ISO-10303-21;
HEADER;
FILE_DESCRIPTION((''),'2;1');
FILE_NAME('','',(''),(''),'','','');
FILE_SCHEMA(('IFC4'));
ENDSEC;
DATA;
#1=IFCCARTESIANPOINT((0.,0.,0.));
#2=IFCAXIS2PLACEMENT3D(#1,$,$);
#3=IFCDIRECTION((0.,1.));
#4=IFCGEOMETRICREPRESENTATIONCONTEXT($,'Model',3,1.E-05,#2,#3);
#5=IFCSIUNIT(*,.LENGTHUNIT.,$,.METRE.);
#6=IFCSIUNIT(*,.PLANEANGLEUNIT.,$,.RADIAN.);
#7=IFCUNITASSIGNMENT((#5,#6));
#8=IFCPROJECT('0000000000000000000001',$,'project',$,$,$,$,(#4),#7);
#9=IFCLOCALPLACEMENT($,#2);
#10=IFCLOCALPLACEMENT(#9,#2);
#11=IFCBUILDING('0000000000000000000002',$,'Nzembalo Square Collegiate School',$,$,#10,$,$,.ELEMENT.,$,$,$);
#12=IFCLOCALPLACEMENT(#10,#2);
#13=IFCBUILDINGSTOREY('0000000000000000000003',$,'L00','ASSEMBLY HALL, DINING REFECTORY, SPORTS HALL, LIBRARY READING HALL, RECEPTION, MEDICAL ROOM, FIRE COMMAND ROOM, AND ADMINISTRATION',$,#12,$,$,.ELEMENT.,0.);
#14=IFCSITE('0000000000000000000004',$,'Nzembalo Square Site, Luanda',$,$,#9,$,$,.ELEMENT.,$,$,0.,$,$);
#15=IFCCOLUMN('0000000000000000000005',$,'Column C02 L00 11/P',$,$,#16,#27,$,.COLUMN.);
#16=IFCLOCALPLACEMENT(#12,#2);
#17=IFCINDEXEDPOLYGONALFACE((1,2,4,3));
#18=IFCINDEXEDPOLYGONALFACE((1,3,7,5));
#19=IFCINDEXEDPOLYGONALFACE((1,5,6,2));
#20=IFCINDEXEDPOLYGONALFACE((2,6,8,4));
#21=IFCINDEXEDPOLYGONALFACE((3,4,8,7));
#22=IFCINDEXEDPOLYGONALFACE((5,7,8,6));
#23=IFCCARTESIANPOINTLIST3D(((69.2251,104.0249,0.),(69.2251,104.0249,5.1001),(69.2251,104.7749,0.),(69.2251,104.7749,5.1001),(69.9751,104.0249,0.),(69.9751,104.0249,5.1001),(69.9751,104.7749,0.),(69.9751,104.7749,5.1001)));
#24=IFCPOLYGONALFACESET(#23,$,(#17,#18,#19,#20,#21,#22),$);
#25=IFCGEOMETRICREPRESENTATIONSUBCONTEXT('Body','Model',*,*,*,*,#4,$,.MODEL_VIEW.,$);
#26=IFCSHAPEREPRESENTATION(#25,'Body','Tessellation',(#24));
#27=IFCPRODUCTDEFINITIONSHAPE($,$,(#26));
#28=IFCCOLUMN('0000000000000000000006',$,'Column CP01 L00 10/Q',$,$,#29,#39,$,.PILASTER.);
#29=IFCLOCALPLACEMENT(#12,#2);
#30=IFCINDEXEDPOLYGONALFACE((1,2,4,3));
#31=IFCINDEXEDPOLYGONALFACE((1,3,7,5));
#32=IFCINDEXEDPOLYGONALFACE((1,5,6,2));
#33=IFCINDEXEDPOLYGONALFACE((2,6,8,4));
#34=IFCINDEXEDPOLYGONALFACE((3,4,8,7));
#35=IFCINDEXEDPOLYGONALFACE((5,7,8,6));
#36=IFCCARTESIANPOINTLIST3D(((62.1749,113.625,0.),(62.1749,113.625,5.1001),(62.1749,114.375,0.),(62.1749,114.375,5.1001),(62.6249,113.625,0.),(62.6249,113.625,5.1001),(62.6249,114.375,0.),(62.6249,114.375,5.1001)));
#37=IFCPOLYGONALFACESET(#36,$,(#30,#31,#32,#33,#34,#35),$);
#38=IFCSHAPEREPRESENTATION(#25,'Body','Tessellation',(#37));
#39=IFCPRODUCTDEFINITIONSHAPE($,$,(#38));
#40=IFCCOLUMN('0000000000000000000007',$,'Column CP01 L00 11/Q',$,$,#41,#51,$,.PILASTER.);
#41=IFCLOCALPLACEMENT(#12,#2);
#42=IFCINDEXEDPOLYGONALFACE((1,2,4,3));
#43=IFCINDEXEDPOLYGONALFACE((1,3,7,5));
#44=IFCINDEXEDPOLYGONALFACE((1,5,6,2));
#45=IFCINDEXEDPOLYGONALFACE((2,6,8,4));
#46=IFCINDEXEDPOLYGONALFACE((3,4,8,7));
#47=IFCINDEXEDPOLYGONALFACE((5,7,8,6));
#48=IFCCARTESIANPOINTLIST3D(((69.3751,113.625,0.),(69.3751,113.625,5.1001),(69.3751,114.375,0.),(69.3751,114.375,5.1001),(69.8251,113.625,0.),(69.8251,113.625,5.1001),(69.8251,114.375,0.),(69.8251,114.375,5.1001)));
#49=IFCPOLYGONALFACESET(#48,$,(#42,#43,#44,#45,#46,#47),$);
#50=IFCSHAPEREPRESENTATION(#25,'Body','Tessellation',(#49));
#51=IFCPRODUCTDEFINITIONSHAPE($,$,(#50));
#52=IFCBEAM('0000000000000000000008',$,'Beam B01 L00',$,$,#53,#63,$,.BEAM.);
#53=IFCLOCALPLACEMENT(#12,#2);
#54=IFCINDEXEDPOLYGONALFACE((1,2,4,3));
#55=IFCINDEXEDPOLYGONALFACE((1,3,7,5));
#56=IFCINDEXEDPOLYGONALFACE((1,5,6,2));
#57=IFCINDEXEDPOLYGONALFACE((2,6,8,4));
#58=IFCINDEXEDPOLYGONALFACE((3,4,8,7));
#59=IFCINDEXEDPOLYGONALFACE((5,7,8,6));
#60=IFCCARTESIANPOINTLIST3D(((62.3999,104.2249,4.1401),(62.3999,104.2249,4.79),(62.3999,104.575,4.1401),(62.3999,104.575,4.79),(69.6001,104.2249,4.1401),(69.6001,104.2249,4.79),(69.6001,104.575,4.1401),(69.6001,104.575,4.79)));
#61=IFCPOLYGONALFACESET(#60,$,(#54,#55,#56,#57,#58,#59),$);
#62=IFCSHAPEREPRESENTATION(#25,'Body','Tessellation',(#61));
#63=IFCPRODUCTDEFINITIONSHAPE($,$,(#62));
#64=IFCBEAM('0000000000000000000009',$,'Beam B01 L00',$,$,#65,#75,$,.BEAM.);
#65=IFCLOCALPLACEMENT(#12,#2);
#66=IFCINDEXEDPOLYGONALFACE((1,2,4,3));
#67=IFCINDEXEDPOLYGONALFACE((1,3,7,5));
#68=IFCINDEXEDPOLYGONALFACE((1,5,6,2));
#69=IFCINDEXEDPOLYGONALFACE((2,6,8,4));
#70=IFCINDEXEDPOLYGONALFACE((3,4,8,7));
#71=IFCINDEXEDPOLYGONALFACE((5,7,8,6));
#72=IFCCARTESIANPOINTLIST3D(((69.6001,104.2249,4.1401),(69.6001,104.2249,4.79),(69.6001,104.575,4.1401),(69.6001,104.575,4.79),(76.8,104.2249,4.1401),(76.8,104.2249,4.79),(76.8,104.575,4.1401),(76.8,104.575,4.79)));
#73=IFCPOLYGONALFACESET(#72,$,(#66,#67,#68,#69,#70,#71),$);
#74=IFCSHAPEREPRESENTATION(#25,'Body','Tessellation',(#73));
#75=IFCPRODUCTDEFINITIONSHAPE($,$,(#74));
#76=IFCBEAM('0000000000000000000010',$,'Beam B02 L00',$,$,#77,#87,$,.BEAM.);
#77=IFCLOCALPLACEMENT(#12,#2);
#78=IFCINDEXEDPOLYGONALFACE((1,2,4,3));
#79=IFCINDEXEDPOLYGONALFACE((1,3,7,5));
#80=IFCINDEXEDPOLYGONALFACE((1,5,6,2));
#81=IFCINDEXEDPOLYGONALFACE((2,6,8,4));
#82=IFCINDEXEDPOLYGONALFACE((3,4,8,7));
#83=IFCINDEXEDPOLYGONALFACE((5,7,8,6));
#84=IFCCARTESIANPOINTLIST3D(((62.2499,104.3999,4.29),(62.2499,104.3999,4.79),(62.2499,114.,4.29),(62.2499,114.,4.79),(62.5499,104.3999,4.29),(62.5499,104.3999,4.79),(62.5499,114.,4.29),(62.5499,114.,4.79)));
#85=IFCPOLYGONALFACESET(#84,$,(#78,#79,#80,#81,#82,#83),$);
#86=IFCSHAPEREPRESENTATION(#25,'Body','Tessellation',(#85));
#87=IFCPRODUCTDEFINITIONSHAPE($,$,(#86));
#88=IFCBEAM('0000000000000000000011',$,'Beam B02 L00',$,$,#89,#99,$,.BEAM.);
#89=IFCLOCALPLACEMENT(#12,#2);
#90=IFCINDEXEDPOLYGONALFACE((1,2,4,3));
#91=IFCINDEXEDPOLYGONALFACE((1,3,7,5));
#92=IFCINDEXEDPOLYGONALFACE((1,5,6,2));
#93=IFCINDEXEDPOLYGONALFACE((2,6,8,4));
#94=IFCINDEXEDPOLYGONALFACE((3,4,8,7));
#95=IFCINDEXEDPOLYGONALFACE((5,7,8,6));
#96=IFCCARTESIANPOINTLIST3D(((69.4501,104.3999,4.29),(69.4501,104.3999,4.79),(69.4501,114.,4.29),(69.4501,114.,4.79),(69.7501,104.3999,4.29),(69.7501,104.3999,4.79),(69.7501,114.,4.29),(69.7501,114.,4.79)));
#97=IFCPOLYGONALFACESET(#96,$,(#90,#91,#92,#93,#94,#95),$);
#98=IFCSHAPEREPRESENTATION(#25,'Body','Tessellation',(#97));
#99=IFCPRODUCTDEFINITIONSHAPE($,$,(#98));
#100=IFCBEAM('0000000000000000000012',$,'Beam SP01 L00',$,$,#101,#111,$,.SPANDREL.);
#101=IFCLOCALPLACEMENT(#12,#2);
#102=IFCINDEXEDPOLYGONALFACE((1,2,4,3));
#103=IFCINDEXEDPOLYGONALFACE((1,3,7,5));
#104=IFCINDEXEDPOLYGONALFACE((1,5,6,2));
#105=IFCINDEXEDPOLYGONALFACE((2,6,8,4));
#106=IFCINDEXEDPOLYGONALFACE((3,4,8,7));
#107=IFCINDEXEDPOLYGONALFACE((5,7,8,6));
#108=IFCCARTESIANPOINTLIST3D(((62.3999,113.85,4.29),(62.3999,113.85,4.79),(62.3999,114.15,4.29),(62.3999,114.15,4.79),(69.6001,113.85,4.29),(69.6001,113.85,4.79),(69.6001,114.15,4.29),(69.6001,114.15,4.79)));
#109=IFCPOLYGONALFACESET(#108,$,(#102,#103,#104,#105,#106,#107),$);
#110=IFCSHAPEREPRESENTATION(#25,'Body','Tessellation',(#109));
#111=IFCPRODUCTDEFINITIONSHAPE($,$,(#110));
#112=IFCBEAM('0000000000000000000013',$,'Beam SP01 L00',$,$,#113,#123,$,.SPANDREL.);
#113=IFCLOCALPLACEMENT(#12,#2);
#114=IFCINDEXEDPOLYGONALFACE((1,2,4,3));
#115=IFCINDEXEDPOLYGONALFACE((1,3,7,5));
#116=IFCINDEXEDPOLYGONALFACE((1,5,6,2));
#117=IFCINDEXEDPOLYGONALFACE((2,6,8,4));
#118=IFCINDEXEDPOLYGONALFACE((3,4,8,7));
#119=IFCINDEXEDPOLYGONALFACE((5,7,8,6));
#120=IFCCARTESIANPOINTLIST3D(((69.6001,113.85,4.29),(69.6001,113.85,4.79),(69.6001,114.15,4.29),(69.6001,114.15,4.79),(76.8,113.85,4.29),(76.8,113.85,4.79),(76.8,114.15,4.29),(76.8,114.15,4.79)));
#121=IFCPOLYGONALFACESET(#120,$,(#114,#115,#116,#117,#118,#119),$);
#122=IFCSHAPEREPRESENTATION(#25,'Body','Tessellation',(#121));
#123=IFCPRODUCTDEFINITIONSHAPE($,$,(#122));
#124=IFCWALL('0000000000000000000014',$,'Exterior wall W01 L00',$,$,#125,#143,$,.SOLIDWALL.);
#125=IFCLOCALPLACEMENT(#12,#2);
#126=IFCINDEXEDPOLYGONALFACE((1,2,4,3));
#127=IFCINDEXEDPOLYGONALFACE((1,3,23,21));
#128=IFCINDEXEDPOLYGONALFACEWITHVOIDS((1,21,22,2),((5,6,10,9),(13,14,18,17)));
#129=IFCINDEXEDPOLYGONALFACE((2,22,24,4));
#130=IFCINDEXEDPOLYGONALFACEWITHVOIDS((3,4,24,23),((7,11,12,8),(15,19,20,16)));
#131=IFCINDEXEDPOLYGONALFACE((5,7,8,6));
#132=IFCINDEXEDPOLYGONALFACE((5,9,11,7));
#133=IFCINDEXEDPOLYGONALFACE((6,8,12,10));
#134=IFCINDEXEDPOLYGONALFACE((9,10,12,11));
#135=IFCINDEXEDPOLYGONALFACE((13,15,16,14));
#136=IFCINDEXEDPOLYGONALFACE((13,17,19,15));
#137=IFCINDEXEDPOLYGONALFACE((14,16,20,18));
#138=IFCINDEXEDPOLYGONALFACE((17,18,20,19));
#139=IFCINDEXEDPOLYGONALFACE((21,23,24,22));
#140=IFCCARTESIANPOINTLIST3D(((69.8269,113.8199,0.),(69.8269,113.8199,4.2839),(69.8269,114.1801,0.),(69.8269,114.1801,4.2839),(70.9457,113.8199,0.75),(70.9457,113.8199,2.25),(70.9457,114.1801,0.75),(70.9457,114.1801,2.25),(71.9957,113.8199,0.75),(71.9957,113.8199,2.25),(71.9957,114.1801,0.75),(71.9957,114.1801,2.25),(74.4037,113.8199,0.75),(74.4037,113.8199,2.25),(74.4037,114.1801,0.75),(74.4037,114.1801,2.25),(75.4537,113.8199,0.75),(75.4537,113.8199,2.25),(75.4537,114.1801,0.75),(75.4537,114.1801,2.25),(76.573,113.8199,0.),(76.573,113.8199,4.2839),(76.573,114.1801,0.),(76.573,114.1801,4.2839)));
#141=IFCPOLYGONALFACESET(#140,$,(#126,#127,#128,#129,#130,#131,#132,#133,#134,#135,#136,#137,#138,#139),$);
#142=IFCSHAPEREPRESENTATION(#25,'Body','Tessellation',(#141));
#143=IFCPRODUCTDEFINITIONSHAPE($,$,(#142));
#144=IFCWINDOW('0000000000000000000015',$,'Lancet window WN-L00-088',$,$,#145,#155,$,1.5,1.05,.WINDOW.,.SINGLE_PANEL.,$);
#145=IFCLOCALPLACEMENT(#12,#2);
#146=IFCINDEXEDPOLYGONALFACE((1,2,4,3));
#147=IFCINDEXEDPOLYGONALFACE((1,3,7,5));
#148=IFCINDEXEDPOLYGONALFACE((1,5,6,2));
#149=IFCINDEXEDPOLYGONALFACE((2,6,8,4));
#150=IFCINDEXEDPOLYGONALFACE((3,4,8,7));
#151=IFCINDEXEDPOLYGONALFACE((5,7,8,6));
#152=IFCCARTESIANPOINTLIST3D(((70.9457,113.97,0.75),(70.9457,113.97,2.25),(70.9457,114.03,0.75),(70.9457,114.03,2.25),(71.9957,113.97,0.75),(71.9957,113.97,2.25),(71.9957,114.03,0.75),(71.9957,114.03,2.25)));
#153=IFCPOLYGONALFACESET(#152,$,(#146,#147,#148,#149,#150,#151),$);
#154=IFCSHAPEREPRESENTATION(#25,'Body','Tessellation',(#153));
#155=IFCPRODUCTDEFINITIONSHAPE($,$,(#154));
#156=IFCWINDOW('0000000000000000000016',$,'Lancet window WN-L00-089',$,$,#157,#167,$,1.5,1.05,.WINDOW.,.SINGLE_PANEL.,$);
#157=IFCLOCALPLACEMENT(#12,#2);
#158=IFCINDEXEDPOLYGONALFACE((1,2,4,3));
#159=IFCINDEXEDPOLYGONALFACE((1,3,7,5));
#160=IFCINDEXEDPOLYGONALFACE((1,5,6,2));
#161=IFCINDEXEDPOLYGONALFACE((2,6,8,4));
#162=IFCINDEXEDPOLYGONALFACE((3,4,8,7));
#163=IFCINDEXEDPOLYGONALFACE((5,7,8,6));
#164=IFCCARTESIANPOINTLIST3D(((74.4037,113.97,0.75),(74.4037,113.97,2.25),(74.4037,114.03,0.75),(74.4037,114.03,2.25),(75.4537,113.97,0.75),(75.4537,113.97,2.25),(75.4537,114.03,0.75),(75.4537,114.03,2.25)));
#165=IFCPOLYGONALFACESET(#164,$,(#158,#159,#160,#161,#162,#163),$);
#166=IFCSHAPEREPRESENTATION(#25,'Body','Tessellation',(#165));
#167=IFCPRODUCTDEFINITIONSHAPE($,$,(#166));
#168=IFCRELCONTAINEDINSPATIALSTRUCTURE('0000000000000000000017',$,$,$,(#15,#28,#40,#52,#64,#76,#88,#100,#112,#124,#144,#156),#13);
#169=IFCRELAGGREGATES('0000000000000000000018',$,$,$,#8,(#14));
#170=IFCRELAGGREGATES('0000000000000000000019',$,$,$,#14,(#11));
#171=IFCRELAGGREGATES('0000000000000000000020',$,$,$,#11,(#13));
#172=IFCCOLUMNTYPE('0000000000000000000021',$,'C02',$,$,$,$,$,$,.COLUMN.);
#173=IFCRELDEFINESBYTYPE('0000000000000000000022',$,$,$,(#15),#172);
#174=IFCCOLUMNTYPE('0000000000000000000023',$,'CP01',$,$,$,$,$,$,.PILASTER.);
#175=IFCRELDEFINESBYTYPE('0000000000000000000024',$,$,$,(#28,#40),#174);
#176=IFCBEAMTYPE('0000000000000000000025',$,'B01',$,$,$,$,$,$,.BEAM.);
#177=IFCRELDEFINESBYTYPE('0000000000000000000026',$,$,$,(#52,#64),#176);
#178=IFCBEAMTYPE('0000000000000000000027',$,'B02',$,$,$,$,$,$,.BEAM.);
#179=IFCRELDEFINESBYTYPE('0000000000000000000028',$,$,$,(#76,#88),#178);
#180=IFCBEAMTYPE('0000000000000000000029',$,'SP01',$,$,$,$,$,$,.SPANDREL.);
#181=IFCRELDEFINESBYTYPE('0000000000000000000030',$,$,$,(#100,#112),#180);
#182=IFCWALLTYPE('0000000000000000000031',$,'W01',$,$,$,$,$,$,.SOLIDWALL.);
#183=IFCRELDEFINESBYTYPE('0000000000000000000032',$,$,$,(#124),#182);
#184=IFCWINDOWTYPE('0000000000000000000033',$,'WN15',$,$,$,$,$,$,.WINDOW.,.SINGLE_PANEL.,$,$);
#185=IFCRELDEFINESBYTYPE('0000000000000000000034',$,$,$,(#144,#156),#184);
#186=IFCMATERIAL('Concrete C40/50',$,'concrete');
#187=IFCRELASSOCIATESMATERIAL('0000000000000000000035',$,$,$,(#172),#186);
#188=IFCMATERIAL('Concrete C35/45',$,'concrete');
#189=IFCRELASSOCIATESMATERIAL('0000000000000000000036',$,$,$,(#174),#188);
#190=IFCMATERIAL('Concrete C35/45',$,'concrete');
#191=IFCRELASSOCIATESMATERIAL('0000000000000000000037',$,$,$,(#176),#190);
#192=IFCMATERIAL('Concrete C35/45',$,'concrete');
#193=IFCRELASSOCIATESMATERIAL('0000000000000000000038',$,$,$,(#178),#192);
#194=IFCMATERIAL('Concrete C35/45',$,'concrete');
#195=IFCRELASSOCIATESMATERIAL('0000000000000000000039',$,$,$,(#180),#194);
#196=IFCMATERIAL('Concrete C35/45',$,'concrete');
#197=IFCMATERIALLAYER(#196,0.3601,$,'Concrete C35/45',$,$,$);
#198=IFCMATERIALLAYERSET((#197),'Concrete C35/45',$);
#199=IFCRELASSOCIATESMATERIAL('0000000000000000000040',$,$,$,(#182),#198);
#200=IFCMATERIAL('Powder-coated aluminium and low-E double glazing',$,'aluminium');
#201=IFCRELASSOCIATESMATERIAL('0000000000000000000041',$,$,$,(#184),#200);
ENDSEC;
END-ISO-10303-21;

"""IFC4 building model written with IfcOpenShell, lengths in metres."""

from ifc_helpers import new_model, si_unit, direction, frame, frame_2d, origin, origin_2d, place, context, subcontext, project, spatial, rectangle, extrude, material, layer, layer_set, material_profile, profile_set, type_object, element, fill, save


model = new_model("IFC4")

# Units and contexts
model_context = context("Model", 3, precision=1e-05, world=origin(), true_north=direction((0.0, 1.0)))
body_context = subcontext(model_context, "Body", "Model", "MODEL_VIEW")
ifc_project = project(units=[si_unit("LENGTHUNIT", "METRE"), si_unit("PLANEANGLEUNIT", "RADIAN")], contexts=[model_context])

# Site, building, storey
site_placement = place(None, origin())
site = spatial("IfcSite", under=ifc_project, at=site_placement, Name="Nzembalo Square Site, Luanda", CompositionType="ELEMENT", RefElevation=0.0)
building_placement = place(site_placement, origin())
building = spatial("IfcBuilding", under=site, at=building_placement, Name="Nzembalo Square Collegiate School", CompositionType="ELEMENT")
storey_placement = place(building_placement, origin())
storey = spatial("IfcBuildingStorey", under=building, at=storey_placement, Name="L00", Description="ASSEMBLY HALL, DINING REFECTORY, SPORTS HALL, LIBRARY READING HALL, RECEPTION, MEDICAL ROOM, FIRE COMMAND ROOM, AND ADMINISTRATION", CompositionType="ELEMENT", Elevation=0.0)

# Columns
ifc_material_1 = material(Name="Concrete C40/50", Category="concrete")
ifc_material_profile_1 = material_profile(ifc_material_1, rectangle(XDim=0.75, YDim=0.75, at=origin_2d()), Name="RC 750x750")
ifc_profile_set_1 = profile_set([ifc_material_profile_1], Name="Concrete C40/50")
column_type_1 = type_object("IfcColumnType", Name="C02", PredefinedType="COLUMN", material=ifc_profile_set_1)
column_placement = place(storey_placement, frame((69.6001, 104.3999, 0.0), z_axis=(0.0, 0.0, 1.0), x_axis=(1.0, 0.0, 0.0)))
element("IfcColumn", 1, at=column_placement, inside=storey, type_object=column_type_1, Name="Column C02 L00 11/P", PredefinedType="COLUMN", context=body_context, shape_type="SweptSolid", body=[
    extrude(rectangle(XDim=0.75, YDim=0.75, at=origin_2d()), origin(), (0.0, 0.0, 1.0), 5.1001),
])
ifc_material_2 = material(Name="Concrete C35/45", Category="concrete")
ifc_material_profile_2 = material_profile(ifc_material_2, rectangle(XDim=0.45, YDim=0.75, at=origin_2d()), Name="RC 450x750")
ifc_profile_set_2 = profile_set([ifc_material_profile_2], Name="Concrete C35/45")
column_type_2 = type_object("IfcColumnType", Name="CP01", PredefinedType="PILASTER", material=ifc_profile_set_2)
for number, where, z_axis, x_axis, name in (
    (2, (62.3999, 114.0, 0.0), (0.0, 0.0, 1.0), (1.0, 0.0, 0.0), "Column CP01 L00 10/Q"),
    (3, (69.6001, 114.0, 0.0), (0.0, 0.0, 1.0), (1.0, 0.0, 0.0), "Column CP01 L00 11/Q"),
):
    element("IfcColumn", number, at=place(storey_placement, frame(where, z_axis=z_axis, x_axis=x_axis)), inside=storey, type_object=column_type_2, Name=name, PredefinedType="PILASTER", context=body_context, shape_type="SweptSolid", body=[
        extrude(rectangle(XDim=0.45, YDim=0.75, at=origin_2d()), origin(), (0.0, 0.0, 1.0), 5.1001),
    ])

# Beams
ifc_material_3 = material(Name="Concrete C35/45", Category="concrete")
ifc_material_profile_3 = material_profile(ifc_material_3, rectangle(XDim=0.3501, YDim=0.6499, at=origin_2d()), Name="RC 350x650")
ifc_profile_set_3 = profile_set([ifc_material_profile_3], Name="Concrete C35/45")
beam_type_1 = type_object("IfcBeamType", Name="B01", PredefinedType="BEAM", material=ifc_profile_set_3)
beam_1_placement = place(storey_placement, frame((62.3999, 104.3999, 4.4651), z_axis=(1.0, 0.0, 0.0), x_axis=(0.0, 1.0, 0.0)))
element("IfcBeam", 4, at=beam_1_placement, inside=storey, type_object=beam_type_1, Name="Beam B01 L00", PredefinedType="BEAM", context=body_context, shape_type="SweptSolid", body=[
    extrude(rectangle(XDim=0.3501, YDim=0.6499, at=origin_2d()), origin(), (0.0, 0.0, 1.0), 7.2002),
])
beam_2_placement = place(storey_placement, frame((69.6001, 104.3999, 4.4651), z_axis=(1.0, 0.0, 0.0), x_axis=(0.0, 1.0, 0.0)))
element("IfcBeam", 5, at=beam_2_placement, inside=storey, type_object=beam_type_1, Name="Beam B01 L00", PredefinedType="BEAM", context=body_context, shape_type="SweptSolid", body=[
    extrude(rectangle(XDim=0.3501, YDim=0.6499, at=origin_2d()), origin(), (0.0, 0.0, 1.0), 7.2),
])
ifc_material_4 = material(Name="Concrete C35/45", Category="concrete")
ifc_material_profile_4 = material_profile(ifc_material_4, rectangle(XDim=0.3, YDim=0.5, at=origin_2d()), Name="RC 300x500")
ifc_profile_set_4 = profile_set([ifc_material_profile_4], Name="Concrete C35/45")
beam_type_2 = type_object("IfcBeamType", Name="B02", PredefinedType="BEAM", material=ifc_profile_set_4)
for number, where, z_axis, x_axis, name in (
    (6, (62.3999, 104.3999, 4.54), (0.0, 1.0, 0.0), (-1.0, 0.0, 0.0), "Beam B02 L00"),
    (7, (69.6001, 104.3999, 4.54), (0.0, 1.0, 0.0), (-1.0, 0.0, 0.0), "Beam B02 L00"),
):
    element("IfcBeam", number, at=place(storey_placement, frame(where, z_axis=z_axis, x_axis=x_axis)), inside=storey, type_object=beam_type_2, Name=name, PredefinedType="BEAM", context=body_context, shape_type="SweptSolid", body=[
        extrude(rectangle(XDim=0.3, YDim=0.5, at=origin_2d()), origin(), (0.0, 0.0, 1.0), 9.6001),
    ])
ifc_material_5 = material(Name="Concrete C35/45", Category="concrete")
ifc_material_profile_5 = material_profile(ifc_material_5, rectangle(XDim=0.3, YDim=0.5, at=origin_2d()), Name="RC 300x500")
ifc_profile_set_5 = profile_set([ifc_material_profile_5], Name="Concrete C35/45")
beam_type_3 = type_object("IfcBeamType", Name="SP01", PredefinedType="SPANDREL", material=ifc_profile_set_5)
beam_3_placement = place(storey_placement, frame((62.3999, 114.0, 4.54), z_axis=(1.0, 0.0, 0.0), x_axis=(0.0, 1.0, 0.0)))
element("IfcBeam", 8, at=beam_3_placement, inside=storey, type_object=beam_type_3, Name="Beam SP01 L00", PredefinedType="SPANDREL", context=body_context, shape_type="SweptSolid", body=[
    extrude(rectangle(XDim=0.3, YDim=0.5, at=origin_2d()), origin(), (0.0, 0.0, 1.0), 7.2002),
])
beam_4_placement = place(storey_placement, frame((69.6001, 114.0, 4.54), z_axis=(1.0, 0.0, 0.0), x_axis=(0.0, 1.0, 0.0)))
element("IfcBeam", 9, at=beam_4_placement, inside=storey, type_object=beam_type_3, Name="Beam SP01 L00", PredefinedType="SPANDREL", context=body_context, shape_type="SweptSolid", body=[
    extrude(rectangle(XDim=0.3, YDim=0.5, at=origin_2d()), origin(), (0.0, 0.0, 1.0), 7.2),
])

# Wall, openings, windows
ifc_material_6 = material(Name="Concrete C35/45", Category="concrete")
ifc_layer_1 = layer(ifc_material_6, 0.3601, Name="Concrete C35/45")
ifc_layer_set_1 = layer_set([ifc_layer_1], Name="Concrete C35/45")
wall_type_1 = type_object("IfcWallType", Name="W01", PredefinedType="SOLIDWALL", material=ifc_layer_set_1)
wall_1_placement = place(storey_placement, frame((69.8269, 114.0, 0.0), z_axis=(0.0, 0.0, 1.0), x_axis=(1.0, 0.0, 0.0)))
wall_1 = element("IfcWall", 10, at=wall_1_placement, inside=storey, type_object=wall_type_1, Name="Exterior wall W01 L00", PredefinedType="SOLIDWALL", context=body_context, shape_type="SweptSolid", body=[
    extrude(rectangle(XDim=6.7461, YDim=0.3601, at=frame_2d((3.373, 0.0))), origin(), (0.0, 0.0, 1.0), 4.2839),
])
opening_1_placement = place(wall_1_placement, frame((1.1189, 0.0, 0.75)))
opening_1 = element("IfcOpeningElement", 11, at=opening_1_placement, cuts=wall_1, PredefinedType="OPENING", context=body_context, shape_type="SweptSolid", body=[
    extrude(rectangle(XDim=1.05, YDim=1.5, at=frame_2d((0.5249, 0.75))), frame((0.0, 0.1899, 0.0), z_axis=(0.0, -1.0, 0.0), x_axis=(1.0, 0.0, 0.0)), (0.0, 0.0, 1.0), 0.3801),
])
opening_2_placement = place(wall_1_placement, frame((4.5769, 0.0, 0.75)))
opening_2 = element("IfcOpeningElement", 12, at=opening_2_placement, cuts=wall_1, PredefinedType="OPENING", context=body_context, shape_type="SweptSolid", body=[
    extrude(rectangle(XDim=1.05, YDim=1.5, at=frame_2d((0.5249, 0.75))), frame((0.0, 0.1899, 0.0), z_axis=(0.0, -1.0, 0.0), x_axis=(1.0, 0.0, 0.0)), (0.0, 0.0, 1.0), 0.3801),
])
ifc_material_7 = material(Name="Powder-coated aluminium and low-E double glazing", Category="aluminium")
window_type_1 = type_object("IfcWindowType", Name="WN15", PartitioningType="SINGLE_PANEL", PredefinedType="WINDOW", material=ifc_material_7)
window_1_placement = place(opening_1_placement, origin())
window_1 = element("IfcWindow", 13, at=window_1_placement, inside=storey, type_object=window_type_1, Name="Lancet window WN-L00-088", OverallHeight=1.5, OverallWidth=1.05, PartitioningType="SINGLE_PANEL", PredefinedType="WINDOW", context=body_context, shape_type="SweptSolid", body=[
    extrude(rectangle(XDim=1.05, YDim=1.5, at=frame_2d((0.5249, 0.75))), frame((0.0, 0.03, 0.0), z_axis=(0.0, -1.0, 0.0), x_axis=(1.0, 0.0, 0.0)), (0.0, 0.0, 1.0), 0.0601),
])
fill(opening_1, window_1)
window_2_placement = place(opening_2_placement, origin())
window_2 = element("IfcWindow", 14, at=window_2_placement, inside=storey, type_object=window_type_1, Name="Lancet window WN-L00-089", OverallHeight=1.5, OverallWidth=1.05, PartitioningType="SINGLE_PANEL", PredefinedType="WINDOW", context=body_context, shape_type="SweptSolid", body=[
    extrude(rectangle(XDim=1.05, YDim=1.5, at=frame_2d((0.5249, 0.75))), frame((0.0, 0.03, 0.0), z_axis=(0.0, -1.0, 0.0), x_axis=(1.0, 0.0, 0.0)), (0.0, 0.0, 1.0), 0.0601),
])
fill(opening_2, window_2)

save(model, "model.ifc")
